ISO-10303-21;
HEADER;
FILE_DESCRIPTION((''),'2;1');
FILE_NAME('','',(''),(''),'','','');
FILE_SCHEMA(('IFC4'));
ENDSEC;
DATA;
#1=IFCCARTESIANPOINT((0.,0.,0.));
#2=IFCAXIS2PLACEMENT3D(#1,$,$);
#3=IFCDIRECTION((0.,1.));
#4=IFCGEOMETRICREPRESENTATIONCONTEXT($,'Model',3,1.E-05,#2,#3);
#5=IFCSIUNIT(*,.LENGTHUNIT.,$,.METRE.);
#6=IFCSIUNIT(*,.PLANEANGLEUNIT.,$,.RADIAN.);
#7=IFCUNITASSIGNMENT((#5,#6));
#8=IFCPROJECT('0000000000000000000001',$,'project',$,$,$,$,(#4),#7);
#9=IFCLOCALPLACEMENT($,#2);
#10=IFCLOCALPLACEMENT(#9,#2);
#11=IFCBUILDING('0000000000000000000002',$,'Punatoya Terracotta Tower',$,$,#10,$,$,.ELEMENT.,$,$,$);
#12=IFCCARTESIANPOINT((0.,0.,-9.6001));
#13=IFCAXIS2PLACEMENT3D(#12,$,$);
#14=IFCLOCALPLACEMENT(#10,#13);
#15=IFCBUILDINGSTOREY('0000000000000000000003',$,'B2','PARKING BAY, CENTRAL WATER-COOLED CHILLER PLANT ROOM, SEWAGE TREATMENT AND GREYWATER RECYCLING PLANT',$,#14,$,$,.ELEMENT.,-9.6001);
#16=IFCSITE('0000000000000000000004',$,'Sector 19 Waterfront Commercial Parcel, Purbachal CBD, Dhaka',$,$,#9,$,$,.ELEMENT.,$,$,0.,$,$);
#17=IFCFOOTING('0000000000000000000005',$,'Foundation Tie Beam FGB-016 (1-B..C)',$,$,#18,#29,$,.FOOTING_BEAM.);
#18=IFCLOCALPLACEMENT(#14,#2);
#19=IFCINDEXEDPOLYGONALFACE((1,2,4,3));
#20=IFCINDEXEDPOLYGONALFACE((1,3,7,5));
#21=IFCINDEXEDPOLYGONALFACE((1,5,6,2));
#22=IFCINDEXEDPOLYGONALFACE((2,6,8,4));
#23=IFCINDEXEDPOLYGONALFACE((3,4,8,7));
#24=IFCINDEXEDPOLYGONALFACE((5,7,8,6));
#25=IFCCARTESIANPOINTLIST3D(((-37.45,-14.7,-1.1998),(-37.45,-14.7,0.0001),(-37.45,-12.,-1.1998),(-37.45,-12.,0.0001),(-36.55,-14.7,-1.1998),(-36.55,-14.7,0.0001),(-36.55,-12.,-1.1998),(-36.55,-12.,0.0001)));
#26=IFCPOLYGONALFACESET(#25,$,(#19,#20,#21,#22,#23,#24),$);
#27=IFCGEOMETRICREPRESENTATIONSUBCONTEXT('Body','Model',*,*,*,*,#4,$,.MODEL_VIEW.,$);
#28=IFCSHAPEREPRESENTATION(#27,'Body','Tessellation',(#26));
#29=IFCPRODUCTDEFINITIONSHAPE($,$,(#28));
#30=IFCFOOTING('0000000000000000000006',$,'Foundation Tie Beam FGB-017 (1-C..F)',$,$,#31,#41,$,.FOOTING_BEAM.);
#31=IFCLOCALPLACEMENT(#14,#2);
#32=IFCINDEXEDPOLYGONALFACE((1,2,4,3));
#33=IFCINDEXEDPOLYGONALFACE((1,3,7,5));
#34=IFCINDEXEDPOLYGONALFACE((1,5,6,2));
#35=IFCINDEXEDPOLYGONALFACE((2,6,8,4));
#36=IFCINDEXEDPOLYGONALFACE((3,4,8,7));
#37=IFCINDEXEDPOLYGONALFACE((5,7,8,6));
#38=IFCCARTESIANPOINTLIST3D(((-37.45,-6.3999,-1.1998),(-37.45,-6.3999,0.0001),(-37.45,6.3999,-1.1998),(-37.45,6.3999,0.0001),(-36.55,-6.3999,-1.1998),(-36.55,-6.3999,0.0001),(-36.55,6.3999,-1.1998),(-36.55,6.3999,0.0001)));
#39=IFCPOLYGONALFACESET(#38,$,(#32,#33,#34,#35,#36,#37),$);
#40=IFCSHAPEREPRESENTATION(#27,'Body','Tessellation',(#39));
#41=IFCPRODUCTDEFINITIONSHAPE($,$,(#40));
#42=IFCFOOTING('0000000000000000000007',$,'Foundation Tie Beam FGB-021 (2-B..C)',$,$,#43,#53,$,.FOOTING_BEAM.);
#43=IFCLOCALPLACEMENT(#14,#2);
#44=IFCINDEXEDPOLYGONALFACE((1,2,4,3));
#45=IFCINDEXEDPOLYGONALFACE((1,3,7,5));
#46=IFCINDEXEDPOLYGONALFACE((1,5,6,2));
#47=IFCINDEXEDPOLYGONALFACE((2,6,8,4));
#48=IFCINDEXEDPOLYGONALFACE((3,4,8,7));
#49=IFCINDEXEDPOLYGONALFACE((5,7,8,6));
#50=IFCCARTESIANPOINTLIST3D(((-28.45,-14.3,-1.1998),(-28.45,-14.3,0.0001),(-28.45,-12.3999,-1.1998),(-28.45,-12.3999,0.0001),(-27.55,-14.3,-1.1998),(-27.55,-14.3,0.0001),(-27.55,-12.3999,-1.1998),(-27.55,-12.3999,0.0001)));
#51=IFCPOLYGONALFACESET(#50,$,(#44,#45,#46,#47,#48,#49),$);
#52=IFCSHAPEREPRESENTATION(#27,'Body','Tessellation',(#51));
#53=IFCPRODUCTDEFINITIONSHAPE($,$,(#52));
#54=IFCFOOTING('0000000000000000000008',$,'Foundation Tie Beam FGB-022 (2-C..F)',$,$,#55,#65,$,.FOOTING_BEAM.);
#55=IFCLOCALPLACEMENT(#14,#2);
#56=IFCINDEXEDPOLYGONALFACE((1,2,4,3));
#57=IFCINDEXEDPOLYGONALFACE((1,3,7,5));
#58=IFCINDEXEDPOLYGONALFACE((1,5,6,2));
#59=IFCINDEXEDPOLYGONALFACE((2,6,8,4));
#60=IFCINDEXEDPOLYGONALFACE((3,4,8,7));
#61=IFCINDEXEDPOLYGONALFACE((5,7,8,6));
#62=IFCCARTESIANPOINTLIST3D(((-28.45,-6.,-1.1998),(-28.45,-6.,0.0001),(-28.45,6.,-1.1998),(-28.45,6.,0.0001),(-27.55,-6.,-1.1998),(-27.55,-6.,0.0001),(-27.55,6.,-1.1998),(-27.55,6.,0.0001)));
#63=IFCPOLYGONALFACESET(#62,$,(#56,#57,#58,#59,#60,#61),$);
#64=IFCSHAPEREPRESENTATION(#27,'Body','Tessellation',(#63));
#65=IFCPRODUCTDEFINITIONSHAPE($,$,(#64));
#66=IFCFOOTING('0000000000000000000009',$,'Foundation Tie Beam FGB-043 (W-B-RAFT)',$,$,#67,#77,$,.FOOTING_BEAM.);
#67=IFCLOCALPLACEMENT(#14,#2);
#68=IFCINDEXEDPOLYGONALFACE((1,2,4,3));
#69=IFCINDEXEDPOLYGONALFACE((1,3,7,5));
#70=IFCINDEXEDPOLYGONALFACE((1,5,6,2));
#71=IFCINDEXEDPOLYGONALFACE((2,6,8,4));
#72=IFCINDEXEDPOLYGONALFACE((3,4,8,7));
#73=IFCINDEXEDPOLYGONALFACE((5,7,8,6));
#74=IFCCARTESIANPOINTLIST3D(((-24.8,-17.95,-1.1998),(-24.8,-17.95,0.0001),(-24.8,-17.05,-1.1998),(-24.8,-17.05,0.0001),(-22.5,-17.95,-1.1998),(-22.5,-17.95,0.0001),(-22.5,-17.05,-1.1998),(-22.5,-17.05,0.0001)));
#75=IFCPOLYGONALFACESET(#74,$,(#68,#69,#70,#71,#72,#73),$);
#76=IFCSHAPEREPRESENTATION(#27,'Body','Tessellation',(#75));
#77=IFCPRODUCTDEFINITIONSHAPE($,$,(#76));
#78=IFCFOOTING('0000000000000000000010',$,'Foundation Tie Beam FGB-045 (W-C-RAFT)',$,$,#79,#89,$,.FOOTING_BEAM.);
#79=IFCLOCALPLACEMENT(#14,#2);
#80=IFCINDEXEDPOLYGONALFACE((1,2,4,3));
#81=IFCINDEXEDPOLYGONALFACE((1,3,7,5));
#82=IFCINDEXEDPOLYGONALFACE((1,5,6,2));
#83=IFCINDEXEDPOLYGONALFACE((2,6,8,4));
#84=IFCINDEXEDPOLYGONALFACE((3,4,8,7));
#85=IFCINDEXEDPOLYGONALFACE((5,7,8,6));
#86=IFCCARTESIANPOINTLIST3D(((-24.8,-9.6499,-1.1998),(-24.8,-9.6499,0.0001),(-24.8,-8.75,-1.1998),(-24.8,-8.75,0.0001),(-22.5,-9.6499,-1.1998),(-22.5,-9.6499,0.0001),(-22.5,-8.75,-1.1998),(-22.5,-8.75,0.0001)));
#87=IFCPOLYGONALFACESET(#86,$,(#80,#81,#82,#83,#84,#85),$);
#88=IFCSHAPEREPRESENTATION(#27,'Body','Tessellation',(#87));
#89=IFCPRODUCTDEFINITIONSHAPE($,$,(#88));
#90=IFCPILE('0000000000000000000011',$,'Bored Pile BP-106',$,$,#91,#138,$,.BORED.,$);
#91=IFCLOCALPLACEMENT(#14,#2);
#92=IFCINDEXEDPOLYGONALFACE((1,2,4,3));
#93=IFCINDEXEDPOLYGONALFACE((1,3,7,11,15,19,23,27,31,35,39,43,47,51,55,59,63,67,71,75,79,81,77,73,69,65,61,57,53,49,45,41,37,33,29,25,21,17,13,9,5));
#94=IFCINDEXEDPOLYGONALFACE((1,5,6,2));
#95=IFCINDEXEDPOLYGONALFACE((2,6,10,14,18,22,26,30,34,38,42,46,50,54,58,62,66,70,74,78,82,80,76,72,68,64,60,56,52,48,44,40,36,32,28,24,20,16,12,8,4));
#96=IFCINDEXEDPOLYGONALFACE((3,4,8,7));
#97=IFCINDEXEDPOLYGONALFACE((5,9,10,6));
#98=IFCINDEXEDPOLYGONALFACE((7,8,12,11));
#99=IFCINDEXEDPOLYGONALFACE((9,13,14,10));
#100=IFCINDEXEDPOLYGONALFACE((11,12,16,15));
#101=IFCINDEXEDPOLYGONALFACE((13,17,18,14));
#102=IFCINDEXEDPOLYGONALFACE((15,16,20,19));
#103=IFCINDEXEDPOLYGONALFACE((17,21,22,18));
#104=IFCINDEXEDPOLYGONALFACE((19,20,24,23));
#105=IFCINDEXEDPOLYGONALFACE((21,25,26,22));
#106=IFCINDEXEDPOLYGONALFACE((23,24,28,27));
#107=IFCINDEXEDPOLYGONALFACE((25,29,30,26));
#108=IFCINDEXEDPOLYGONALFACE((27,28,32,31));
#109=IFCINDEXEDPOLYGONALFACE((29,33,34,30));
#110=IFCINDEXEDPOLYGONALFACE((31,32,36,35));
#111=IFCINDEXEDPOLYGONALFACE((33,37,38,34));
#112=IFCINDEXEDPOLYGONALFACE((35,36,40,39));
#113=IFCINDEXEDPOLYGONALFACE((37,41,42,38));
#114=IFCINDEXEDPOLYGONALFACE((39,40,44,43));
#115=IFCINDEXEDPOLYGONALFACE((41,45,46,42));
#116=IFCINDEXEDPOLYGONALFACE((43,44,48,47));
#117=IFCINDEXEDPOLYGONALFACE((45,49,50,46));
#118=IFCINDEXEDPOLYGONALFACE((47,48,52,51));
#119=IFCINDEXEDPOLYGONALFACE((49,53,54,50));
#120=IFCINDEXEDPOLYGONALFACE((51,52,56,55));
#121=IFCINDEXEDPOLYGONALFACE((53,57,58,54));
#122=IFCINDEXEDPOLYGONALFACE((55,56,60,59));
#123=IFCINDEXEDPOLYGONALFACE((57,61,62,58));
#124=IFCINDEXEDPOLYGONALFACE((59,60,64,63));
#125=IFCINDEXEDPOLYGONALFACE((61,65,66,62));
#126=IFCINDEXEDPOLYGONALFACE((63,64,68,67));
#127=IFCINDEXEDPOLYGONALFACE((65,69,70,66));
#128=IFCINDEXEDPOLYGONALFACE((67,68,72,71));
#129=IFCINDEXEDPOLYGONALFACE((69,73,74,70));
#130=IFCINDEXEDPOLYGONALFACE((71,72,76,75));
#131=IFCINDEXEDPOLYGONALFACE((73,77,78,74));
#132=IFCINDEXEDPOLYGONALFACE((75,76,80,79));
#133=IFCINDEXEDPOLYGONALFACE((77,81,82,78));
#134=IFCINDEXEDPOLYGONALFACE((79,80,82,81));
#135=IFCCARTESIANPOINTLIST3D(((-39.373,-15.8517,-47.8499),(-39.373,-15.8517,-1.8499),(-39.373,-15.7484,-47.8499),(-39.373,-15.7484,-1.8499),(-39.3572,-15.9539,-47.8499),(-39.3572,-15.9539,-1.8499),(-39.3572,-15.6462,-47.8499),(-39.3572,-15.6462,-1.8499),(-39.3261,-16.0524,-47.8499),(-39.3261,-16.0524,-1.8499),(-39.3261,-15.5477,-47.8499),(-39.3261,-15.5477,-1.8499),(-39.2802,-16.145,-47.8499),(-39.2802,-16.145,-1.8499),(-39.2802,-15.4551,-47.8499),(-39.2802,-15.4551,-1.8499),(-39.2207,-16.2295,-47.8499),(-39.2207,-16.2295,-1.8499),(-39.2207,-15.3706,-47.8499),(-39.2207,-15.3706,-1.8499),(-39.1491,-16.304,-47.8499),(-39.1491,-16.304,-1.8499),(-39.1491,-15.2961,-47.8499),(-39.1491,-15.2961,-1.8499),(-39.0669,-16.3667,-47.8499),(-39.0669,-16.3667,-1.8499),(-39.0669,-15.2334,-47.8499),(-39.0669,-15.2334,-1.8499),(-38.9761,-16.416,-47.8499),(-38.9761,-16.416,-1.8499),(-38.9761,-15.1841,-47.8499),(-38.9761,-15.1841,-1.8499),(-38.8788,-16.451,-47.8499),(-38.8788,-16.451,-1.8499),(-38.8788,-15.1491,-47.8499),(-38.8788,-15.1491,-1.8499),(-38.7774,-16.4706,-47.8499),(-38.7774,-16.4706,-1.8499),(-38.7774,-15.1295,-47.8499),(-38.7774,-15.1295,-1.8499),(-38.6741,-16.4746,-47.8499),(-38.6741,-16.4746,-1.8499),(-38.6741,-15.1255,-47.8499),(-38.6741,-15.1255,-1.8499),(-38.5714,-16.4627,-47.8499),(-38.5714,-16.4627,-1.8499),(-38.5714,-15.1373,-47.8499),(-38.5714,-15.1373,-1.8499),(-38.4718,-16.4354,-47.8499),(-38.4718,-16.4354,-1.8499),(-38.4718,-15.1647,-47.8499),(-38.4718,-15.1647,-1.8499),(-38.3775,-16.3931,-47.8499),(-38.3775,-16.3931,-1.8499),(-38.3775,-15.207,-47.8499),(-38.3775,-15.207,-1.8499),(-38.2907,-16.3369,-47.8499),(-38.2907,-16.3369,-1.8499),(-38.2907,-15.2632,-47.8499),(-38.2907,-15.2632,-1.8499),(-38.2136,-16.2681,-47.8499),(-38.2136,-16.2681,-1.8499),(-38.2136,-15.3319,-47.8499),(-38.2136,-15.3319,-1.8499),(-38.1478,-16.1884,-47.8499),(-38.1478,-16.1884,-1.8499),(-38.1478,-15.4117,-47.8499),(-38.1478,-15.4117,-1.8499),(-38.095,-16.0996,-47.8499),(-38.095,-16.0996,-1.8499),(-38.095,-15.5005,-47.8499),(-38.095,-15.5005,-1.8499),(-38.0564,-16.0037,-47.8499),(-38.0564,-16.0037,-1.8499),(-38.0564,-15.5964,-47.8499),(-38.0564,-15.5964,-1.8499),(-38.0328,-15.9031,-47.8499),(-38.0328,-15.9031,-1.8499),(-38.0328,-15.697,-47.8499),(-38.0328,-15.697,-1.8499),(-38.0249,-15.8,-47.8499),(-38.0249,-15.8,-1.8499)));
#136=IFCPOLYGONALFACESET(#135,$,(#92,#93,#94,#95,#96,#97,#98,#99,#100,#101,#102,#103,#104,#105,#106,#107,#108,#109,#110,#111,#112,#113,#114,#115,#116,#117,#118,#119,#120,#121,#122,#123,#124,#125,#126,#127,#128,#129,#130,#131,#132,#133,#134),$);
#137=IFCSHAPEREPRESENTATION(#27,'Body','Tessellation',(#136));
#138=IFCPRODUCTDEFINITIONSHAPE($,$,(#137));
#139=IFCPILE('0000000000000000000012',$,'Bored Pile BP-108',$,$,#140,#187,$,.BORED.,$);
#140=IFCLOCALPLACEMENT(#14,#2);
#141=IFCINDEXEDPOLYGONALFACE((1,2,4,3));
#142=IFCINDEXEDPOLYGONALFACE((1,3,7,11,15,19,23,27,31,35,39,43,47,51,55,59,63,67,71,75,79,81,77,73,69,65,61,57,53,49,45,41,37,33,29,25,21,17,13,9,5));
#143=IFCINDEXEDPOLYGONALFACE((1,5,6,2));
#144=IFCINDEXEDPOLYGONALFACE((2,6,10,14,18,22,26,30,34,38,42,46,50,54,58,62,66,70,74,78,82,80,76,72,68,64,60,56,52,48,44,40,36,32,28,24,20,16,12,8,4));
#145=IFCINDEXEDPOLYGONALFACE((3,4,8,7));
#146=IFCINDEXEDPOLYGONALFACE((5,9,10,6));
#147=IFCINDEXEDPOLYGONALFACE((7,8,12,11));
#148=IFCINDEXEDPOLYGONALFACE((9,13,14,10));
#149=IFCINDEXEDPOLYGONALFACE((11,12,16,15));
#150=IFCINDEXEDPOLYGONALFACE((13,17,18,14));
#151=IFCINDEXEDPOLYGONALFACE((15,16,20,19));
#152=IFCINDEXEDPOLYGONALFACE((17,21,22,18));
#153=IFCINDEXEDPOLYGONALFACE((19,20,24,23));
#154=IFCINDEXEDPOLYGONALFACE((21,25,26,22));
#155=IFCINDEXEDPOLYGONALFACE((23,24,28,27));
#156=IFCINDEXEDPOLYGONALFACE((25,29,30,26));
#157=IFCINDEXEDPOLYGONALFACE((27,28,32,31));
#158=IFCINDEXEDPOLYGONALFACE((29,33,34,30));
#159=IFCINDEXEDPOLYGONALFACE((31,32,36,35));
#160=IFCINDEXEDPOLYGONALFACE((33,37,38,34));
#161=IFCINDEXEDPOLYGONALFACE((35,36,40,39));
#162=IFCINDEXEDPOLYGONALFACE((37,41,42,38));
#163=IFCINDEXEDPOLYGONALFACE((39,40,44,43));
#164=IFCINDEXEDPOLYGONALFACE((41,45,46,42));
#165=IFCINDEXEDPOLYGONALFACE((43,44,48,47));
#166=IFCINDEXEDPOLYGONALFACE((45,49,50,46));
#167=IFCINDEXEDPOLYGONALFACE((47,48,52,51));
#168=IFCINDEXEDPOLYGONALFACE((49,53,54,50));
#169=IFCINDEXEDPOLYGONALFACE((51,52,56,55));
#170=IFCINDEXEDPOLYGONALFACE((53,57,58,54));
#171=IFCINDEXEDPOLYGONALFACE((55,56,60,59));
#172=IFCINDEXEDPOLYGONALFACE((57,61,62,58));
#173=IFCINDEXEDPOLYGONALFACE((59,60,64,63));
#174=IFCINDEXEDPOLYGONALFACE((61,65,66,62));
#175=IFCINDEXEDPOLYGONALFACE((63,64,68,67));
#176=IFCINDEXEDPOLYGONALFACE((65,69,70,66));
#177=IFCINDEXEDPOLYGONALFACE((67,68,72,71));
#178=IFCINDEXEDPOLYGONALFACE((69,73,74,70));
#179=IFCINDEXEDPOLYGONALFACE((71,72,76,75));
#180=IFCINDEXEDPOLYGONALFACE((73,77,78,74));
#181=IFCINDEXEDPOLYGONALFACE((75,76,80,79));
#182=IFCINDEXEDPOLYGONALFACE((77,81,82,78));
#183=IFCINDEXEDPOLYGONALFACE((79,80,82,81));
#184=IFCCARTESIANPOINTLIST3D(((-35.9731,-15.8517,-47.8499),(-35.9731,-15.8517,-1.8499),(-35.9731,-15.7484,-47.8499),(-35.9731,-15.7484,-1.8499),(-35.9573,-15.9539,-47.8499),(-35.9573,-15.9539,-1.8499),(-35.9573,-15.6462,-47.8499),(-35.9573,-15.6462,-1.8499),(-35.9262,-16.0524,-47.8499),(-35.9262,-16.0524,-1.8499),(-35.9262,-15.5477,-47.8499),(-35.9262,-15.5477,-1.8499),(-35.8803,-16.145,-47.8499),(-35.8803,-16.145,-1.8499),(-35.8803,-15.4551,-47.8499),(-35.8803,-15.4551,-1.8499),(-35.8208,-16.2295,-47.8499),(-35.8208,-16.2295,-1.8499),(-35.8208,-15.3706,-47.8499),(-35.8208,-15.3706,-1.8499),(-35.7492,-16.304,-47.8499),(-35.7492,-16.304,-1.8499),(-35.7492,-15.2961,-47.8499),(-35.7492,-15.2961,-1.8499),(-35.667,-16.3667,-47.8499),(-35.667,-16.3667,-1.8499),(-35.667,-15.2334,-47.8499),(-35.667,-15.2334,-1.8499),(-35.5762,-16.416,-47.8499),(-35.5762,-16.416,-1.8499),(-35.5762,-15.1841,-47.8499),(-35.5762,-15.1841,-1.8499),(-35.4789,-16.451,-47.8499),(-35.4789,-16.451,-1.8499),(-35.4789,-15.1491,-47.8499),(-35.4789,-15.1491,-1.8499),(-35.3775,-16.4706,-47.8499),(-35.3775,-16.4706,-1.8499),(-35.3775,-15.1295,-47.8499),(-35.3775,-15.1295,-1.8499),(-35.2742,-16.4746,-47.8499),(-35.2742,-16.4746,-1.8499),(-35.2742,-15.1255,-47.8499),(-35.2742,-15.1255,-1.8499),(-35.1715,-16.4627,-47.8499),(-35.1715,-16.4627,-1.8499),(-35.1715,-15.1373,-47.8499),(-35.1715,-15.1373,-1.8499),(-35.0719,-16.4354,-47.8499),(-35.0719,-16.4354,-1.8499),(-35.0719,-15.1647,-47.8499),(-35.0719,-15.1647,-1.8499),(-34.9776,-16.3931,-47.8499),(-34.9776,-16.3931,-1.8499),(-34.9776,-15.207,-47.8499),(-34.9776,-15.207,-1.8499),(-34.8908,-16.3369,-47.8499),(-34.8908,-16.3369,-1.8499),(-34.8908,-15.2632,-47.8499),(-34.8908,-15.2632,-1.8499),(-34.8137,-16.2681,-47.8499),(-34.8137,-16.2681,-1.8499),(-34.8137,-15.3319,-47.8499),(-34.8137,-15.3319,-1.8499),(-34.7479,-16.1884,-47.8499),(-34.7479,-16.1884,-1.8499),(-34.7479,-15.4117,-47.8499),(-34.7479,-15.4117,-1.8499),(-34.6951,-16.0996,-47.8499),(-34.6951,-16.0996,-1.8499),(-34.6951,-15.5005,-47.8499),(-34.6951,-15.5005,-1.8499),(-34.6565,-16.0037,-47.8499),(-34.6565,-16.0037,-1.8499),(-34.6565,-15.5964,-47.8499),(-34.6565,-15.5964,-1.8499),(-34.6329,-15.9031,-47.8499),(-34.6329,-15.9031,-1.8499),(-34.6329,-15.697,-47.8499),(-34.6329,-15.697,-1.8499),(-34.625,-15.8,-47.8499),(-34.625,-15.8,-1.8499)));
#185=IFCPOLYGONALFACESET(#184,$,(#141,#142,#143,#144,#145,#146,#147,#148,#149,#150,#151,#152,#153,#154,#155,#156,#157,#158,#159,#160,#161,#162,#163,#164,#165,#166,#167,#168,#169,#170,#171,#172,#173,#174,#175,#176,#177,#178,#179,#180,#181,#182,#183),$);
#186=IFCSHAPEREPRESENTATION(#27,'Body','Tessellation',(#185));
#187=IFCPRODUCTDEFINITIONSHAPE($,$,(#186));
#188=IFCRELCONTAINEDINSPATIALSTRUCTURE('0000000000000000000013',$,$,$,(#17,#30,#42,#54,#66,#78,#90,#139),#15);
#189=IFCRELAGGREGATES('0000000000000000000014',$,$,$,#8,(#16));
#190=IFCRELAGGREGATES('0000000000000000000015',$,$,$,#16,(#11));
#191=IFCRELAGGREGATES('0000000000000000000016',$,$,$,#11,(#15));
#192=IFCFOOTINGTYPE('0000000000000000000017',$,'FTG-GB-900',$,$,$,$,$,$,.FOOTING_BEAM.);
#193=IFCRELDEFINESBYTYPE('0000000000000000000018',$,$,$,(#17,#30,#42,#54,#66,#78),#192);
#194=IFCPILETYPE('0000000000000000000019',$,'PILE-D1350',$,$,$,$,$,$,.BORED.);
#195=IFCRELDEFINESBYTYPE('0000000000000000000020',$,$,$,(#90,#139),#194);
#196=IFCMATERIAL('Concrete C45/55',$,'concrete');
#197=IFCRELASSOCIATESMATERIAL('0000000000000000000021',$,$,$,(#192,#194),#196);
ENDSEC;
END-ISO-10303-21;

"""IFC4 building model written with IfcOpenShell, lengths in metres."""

from ifc_helpers import new_model, si_unit, direction, frame, origin, origin_2d, place, context, subcontext, project, spatial, rectangle, circle, extrude, material, material_profile, profile_set, type_object, element, save


model = new_model("IFC4")

# Units and contexts
model_context = context("Model", 3, precision=1e-05, world=origin(), true_north=direction((0.0, 1.0)))
body_context = subcontext(model_context, "Body", "Model", "MODEL_VIEW")
ifc_project = project(units=[si_unit("LENGTHUNIT", "METRE"), si_unit("PLANEANGLEUNIT", "RADIAN")], contexts=[model_context])

# Site, building, storey
site_placement = place(None, origin())
site = spatial("IfcSite", under=ifc_project, at=site_placement, Name="Sector 19 Waterfront Commercial Parcel, Purbachal CBD, Dhaka", CompositionType="ELEMENT", RefElevation=0.0)
building_placement = place(site_placement, origin())
building = spatial("IfcBuilding", under=site, at=building_placement, Name="Punatoya Terracotta Tower", CompositionType="ELEMENT")
storey_placement = place(building_placement, frame((0.0, 0.0, -9.6001)))
storey = spatial("IfcBuildingStorey", under=building, at=storey_placement, Name="B2", Description="PARKING BAY, CENTRAL WATER-COOLED CHILLER PLANT ROOM, SEWAGE TREATMENT AND GREYWATER RECYCLING PLANT", CompositionType="ELEMENT", Elevation=-9.6001)

# Footings
ifc_material_1 = material(Name="Concrete C45/55", Category="concrete")
ifc_material_profile_1 = material_profile(ifc_material_1, rectangle(XDim=0.8999, YDim=1.2, at=origin_2d()))
ifc_profile_set_1 = profile_set([ifc_material_profile_1], Name="Concrete C45/55")
footing_type = type_object("IfcFootingType", Name="FTG-GB-900", PredefinedType="FOOTING_BEAM", material=ifc_profile_set_1)
footing_1_placement = place(storey_placement, frame((-37.0, -14.7, -0.5999), z_axis=(0.0, 1.0, 0.0), x_axis=(-1.0, 0.0, 0.0)))
element("IfcFooting", 1, at=footing_1_placement, inside=storey, type_object=footing_type, Name="Foundation Tie Beam FGB-016 (1-B..C)", PredefinedType="FOOTING_BEAM", context=body_context, shape_type="SweptSolid", body=[
    extrude(rectangle(XDim=0.8999, YDim=1.2, at=origin_2d()), origin(), (0.0, 0.0, 1.0), 2.7),
])
footing_2_placement = place(storey_placement, frame((-37.0, -6.3999, -0.5999), z_axis=(0.0, 1.0, 0.0), x_axis=(-1.0, 0.0, 0.0)))
element("IfcFooting", 2, at=footing_2_placement, inside=storey, type_object=footing_type, Name="Foundation Tie Beam FGB-017 (1-C..F)", PredefinedType="FOOTING_BEAM", context=body_context, shape_type="SweptSolid", body=[
    extrude(rectangle(XDim=0.8999, YDim=1.2, at=origin_2d()), origin(), (0.0, 0.0, 1.0), 12.7998),
])
footing_3_placement = place(storey_placement, frame((-28.0, -14.3, -0.5999), z_axis=(0.0, 1.0, 0.0), x_axis=(-1.0, 0.0, 0.0)))
element("IfcFooting", 3, at=footing_3_placement, inside=storey, type_object=footing_type, Name="Foundation Tie Beam FGB-021 (2-B..C)", PredefinedType="FOOTING_BEAM", context=body_context, shape_type="SweptSolid", body=[
    extrude(rectangle(XDim=0.8999, YDim=1.2, at=origin_2d()), origin(), (0.0, 0.0, 1.0), 1.9001),
])
footing_4_placement = place(storey_placement, frame((-28.0, -6.0, -0.5999), z_axis=(0.0, 1.0, 0.0), x_axis=(-1.0, 0.0, 0.0)))
element("IfcFooting", 4, at=footing_4_placement, inside=storey, type_object=footing_type, Name="Foundation Tie Beam FGB-022 (2-C..F)", PredefinedType="FOOTING_BEAM", context=body_context, shape_type="SweptSolid", body=[
    extrude(rectangle(XDim=0.8999, YDim=1.2, at=origin_2d()), origin(), (0.0, 0.0, 1.0), 12.0),
])
for number, where, z_axis, x_axis, name in (
    (5, (-24.8, -17.5, -0.5999), (1.0, 0.0, 0.0), (0.0, 1.0, 0.0), "Foundation Tie Beam FGB-043 (W-B-RAFT)"),
    (6, (-24.8, -9.2, -0.5999), (1.0, 0.0, 0.0), (0.0, 1.0, 0.0), "Foundation Tie Beam FGB-045 (W-C-RAFT)"),
):
    element("IfcFooting", number, at=place(storey_placement, frame(where, z_axis=z_axis, x_axis=x_axis)), inside=storey, type_object=footing_type, Name=name, PredefinedType="FOOTING_BEAM", context=body_context, shape_type="SweptSolid", body=[
        extrude(rectangle(XDim=0.8999, YDim=1.2, at=origin_2d()), origin(), (0.0, 0.0, 1.0), 2.3),
    ])

# Piles
ifc_material_profile_2 = material_profile(ifc_material_1, circle(Radius=0.675, at=origin_2d()))
ifc_profile_set_2 = profile_set([ifc_material_profile_2], Name="Concrete C45/55")
pile_type_1 = type_object("IfcPileType", Name="PILE-D1350", PredefinedType="BORED", material=ifc_profile_set_2)
for number, where, z_axis, x_axis, name in (
    (7, (-38.7, -15.8, -1.8499), (0.0, 0.0, -1.0), (1.0, 0.0, 0.0), "Bored Pile BP-106"),
    (8, (-35.3, -15.8, -1.8499), (0.0, 0.0, -1.0), (1.0, 0.0, 0.0), "Bored Pile BP-108"),
):
    element("IfcPile", number, at=place(storey_placement, frame(where, z_axis=z_axis, x_axis=x_axis)), inside=storey, type_object=pile_type_1, Name=name, PredefinedType="BORED", context=body_context, shape_type="SweptSolid", body=[
        extrude(circle(Radius=0.675, at=origin_2d()), origin(), (0.0, 0.0, 1.0), 46.0),
    ])

save(model, "model.ifc")
